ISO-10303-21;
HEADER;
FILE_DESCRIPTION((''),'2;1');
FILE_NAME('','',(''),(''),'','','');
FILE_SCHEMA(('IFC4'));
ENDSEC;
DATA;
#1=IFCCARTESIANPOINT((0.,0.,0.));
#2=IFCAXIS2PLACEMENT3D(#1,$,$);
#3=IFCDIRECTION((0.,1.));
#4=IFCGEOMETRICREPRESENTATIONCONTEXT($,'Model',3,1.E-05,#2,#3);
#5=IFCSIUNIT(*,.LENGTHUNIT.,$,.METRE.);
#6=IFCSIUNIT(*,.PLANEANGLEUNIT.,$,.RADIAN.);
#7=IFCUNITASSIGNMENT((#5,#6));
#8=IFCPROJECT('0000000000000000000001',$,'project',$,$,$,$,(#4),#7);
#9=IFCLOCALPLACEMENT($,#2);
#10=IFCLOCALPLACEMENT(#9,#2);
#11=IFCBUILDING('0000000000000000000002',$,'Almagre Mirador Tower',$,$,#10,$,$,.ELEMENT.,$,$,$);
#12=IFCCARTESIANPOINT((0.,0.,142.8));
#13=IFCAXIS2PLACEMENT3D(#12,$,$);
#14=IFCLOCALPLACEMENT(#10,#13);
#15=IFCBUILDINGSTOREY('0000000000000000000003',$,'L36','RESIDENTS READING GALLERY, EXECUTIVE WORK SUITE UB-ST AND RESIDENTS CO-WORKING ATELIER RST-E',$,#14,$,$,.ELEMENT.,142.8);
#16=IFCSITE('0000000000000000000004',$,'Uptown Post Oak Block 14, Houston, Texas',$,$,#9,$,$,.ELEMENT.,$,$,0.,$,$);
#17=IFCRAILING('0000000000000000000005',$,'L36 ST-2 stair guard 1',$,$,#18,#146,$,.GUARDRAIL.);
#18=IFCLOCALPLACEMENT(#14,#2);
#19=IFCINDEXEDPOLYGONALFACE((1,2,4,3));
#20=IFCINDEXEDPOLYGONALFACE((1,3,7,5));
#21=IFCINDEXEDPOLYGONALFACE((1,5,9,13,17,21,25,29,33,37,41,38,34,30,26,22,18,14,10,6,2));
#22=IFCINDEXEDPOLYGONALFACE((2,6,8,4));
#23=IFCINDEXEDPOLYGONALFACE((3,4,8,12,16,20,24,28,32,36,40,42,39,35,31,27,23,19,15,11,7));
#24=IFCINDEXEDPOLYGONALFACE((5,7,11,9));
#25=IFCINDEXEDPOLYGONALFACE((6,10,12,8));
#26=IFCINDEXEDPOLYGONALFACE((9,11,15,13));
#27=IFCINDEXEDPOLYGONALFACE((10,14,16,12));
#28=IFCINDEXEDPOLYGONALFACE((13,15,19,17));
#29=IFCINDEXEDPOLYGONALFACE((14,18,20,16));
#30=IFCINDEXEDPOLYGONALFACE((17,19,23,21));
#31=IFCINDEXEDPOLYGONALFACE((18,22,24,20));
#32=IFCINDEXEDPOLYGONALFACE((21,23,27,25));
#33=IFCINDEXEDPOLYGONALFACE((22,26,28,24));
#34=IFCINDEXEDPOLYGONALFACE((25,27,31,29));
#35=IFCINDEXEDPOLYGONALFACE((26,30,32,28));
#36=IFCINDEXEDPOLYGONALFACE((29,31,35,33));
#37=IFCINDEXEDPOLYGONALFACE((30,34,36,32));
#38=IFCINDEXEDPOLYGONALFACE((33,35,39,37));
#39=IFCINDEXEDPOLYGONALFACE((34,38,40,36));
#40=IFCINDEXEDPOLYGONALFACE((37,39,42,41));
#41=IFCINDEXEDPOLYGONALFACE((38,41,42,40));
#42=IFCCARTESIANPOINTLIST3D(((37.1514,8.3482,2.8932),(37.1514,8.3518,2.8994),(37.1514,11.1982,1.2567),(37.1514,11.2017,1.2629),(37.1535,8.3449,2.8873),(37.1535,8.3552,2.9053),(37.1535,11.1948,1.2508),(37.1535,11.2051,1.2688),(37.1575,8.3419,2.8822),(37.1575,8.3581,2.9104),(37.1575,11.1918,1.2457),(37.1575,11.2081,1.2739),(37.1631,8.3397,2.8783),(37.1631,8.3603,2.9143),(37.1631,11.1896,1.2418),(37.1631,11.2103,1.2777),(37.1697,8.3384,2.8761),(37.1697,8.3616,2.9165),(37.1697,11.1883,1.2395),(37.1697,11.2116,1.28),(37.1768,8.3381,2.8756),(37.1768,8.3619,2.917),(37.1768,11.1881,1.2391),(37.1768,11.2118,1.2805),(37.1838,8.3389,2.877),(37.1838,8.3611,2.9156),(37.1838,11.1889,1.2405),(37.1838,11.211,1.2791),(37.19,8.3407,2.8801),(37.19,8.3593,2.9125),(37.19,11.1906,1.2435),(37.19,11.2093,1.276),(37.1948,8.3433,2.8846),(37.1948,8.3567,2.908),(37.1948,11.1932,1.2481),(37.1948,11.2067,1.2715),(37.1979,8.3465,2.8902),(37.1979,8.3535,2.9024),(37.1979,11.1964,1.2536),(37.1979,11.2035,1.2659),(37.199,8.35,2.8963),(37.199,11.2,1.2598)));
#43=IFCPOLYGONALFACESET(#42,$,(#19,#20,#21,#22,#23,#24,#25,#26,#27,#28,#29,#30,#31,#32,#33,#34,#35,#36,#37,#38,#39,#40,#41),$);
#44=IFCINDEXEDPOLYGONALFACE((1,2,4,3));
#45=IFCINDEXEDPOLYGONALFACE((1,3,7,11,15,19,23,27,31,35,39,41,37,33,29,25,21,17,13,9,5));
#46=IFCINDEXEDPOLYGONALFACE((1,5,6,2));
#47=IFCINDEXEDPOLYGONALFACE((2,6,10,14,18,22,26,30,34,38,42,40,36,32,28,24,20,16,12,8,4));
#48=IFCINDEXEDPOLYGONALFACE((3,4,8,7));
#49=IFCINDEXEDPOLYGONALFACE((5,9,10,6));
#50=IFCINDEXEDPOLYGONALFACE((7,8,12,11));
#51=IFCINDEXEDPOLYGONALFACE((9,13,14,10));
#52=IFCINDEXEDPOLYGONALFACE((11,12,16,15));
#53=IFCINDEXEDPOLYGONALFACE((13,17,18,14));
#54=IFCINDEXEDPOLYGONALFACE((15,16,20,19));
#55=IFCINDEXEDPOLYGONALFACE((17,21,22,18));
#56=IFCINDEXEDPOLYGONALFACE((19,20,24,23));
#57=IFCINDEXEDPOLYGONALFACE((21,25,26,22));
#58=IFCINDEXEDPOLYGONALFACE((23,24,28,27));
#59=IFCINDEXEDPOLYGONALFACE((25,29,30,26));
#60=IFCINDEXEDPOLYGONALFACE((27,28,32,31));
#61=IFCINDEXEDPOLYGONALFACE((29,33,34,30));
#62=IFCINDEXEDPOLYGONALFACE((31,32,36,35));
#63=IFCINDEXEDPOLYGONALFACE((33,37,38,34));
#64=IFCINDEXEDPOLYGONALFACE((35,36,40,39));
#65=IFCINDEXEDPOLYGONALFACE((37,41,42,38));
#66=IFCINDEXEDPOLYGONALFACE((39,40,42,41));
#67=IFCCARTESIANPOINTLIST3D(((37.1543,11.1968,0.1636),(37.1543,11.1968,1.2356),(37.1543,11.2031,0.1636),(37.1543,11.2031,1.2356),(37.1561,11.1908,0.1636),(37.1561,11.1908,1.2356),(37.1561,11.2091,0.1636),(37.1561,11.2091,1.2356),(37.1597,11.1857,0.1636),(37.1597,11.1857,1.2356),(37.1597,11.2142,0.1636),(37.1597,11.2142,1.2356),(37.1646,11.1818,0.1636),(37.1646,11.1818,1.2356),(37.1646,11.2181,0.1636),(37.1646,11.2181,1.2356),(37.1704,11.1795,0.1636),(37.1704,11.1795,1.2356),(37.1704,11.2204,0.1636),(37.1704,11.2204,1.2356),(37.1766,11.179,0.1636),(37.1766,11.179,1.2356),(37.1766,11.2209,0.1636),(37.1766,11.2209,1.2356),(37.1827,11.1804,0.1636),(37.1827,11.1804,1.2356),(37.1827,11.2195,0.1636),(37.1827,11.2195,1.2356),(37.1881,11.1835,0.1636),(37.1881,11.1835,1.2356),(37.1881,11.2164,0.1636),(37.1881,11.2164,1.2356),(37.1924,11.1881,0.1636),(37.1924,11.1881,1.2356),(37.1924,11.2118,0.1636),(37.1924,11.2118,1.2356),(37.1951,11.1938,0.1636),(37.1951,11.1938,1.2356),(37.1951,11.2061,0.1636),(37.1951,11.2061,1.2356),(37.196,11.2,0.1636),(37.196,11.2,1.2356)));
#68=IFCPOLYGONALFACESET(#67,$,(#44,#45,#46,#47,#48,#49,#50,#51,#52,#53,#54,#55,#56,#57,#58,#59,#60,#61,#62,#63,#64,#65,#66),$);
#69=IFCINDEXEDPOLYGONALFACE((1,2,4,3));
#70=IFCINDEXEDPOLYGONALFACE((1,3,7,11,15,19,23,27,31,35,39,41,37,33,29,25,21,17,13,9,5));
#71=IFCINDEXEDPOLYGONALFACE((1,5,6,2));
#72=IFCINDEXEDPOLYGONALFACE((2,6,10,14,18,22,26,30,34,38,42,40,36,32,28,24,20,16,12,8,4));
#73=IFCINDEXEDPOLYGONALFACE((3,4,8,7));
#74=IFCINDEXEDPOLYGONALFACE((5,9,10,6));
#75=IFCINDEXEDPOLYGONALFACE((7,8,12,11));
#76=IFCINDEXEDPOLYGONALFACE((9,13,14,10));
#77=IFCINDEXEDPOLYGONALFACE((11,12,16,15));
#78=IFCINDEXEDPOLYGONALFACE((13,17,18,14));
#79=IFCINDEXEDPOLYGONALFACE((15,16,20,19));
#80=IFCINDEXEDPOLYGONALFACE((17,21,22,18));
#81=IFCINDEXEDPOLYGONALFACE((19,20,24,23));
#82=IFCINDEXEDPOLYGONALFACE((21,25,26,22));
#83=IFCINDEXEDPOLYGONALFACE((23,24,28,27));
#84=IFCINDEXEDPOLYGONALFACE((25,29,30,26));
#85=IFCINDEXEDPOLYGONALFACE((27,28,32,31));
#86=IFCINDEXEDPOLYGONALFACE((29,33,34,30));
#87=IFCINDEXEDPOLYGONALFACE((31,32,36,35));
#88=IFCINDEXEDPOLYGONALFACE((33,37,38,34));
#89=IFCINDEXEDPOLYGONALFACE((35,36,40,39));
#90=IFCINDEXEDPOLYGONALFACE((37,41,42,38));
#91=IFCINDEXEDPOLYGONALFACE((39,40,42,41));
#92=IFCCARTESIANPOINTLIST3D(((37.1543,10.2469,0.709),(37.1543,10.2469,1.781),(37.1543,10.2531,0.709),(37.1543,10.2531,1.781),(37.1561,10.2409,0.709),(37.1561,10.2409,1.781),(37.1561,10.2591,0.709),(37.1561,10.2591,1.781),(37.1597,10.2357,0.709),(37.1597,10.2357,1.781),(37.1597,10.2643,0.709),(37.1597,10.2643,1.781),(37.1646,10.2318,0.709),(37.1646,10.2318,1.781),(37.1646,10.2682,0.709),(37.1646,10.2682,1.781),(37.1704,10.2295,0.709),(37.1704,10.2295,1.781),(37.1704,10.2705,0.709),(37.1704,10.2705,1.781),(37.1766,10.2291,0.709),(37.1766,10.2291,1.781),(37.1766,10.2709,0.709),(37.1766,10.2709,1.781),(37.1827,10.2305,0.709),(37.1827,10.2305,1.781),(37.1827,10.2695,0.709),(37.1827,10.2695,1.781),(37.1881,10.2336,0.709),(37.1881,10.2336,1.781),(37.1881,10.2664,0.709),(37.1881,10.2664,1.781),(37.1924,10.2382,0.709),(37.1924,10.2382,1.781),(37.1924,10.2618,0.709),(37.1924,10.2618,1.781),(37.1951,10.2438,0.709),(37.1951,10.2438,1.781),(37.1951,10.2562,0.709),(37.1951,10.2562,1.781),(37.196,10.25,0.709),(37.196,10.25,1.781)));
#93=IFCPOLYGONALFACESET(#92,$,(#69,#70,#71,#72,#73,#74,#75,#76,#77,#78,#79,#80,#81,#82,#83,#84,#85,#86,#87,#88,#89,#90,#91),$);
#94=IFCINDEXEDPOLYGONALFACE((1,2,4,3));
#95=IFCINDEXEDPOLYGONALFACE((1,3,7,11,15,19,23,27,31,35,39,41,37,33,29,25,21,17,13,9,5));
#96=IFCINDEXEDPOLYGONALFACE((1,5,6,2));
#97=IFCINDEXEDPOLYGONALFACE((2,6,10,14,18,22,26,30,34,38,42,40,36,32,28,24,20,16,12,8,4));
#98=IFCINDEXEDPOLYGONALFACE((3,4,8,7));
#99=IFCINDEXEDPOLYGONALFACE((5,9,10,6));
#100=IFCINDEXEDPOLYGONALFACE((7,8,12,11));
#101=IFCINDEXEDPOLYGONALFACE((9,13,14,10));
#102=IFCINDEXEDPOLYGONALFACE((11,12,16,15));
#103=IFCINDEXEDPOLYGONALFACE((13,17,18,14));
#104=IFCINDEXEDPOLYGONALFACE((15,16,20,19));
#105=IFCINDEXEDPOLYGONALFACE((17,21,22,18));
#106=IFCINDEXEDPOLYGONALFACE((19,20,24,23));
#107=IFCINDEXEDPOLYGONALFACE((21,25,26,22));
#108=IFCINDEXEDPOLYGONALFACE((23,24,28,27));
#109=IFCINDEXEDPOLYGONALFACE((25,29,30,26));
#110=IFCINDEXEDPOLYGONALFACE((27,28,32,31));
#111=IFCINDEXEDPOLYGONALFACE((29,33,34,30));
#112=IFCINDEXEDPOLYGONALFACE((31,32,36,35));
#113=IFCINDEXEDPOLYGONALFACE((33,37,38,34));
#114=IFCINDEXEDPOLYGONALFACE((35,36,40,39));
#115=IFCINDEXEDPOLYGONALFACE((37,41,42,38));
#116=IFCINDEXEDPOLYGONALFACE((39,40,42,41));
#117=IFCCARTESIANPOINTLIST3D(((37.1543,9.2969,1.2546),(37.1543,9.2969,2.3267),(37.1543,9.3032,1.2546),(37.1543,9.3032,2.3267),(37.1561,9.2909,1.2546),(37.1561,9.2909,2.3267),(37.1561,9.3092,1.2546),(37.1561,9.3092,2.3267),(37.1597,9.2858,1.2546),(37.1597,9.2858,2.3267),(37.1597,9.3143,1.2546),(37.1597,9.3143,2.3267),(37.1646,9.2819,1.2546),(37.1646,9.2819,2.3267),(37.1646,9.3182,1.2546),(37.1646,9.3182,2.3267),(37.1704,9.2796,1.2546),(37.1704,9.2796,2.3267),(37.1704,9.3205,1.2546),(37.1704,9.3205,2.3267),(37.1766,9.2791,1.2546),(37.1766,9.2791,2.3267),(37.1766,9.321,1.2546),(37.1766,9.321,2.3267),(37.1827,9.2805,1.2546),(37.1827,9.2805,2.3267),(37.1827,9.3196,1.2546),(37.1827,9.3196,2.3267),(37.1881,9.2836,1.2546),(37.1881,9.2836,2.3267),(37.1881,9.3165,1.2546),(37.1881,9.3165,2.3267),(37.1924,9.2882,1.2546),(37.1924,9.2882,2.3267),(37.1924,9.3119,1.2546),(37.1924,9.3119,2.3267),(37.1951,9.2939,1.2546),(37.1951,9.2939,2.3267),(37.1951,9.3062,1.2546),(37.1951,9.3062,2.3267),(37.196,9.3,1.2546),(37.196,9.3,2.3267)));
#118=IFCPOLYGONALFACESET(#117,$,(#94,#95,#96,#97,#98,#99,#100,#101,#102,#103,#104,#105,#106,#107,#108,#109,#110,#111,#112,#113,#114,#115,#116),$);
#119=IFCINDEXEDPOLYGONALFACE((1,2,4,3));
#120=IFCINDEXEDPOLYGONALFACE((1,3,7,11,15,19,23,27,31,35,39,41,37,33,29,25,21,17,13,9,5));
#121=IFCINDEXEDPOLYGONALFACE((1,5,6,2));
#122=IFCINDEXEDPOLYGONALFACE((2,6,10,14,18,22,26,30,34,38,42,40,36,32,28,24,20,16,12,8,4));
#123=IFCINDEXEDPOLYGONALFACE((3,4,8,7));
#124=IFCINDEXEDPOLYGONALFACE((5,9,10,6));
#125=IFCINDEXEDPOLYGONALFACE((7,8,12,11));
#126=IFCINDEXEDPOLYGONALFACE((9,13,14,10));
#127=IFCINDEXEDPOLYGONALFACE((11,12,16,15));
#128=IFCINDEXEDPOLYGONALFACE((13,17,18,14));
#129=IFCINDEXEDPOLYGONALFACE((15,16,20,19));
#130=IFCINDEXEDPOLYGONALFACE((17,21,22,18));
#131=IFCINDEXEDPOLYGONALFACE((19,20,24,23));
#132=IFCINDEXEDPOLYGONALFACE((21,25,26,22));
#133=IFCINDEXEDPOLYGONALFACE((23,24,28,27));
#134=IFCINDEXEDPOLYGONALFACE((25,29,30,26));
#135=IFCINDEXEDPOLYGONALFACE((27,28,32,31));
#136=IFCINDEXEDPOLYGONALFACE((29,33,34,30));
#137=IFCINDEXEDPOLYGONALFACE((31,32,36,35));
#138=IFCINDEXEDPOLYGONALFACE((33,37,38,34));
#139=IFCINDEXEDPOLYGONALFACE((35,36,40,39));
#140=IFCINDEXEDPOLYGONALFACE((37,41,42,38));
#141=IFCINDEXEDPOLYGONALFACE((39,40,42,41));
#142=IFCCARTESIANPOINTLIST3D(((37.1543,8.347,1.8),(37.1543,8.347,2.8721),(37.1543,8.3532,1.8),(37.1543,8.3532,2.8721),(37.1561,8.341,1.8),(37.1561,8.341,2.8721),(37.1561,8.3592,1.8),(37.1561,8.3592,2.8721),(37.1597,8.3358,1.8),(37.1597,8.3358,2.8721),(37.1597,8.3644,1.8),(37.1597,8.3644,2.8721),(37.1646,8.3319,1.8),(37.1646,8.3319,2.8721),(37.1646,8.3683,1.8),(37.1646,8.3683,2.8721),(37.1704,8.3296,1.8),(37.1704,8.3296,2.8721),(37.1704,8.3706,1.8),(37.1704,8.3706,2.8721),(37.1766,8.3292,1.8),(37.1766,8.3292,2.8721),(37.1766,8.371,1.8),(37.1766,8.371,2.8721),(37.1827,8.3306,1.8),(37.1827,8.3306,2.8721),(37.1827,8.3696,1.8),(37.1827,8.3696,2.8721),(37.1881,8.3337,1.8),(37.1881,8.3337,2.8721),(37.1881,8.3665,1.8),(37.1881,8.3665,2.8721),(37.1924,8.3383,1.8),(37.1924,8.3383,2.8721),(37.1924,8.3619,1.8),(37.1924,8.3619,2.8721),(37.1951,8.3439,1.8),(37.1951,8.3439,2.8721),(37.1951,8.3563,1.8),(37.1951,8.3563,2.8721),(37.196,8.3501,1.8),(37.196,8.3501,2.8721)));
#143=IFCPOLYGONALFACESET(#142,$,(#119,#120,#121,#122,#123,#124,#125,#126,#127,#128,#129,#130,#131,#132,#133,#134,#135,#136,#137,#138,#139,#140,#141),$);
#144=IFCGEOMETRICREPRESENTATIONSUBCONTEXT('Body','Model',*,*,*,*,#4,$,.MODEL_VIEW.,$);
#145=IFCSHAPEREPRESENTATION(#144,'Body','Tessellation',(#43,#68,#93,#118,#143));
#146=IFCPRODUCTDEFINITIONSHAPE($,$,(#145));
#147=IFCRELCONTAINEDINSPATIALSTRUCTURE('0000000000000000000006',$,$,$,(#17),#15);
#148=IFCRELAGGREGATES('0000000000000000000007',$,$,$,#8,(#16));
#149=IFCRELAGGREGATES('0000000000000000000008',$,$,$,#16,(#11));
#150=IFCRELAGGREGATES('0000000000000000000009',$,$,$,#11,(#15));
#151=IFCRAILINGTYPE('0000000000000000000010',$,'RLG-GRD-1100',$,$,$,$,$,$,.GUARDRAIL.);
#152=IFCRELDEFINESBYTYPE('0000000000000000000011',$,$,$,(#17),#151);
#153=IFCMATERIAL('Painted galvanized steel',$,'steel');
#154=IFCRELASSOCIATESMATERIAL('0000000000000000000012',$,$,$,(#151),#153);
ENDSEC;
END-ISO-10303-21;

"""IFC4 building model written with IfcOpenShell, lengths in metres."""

from ifc_helpers import new_model, si_unit, direction, frame, origin, origin_2d, place, context, subcontext, project, spatial, circle, extrude, material, type_object, element, save


model = new_model("IFC4")

# Units and contexts
model_context = context("Model", 3, precision=1e-05, world=origin(), true_north=direction((0.0, 1.0)))
body_context = subcontext(model_context, "Body", "Model", "MODEL_VIEW")
ifc_project = project(units=[si_unit("LENGTHUNIT", "METRE"), si_unit("PLANEANGLEUNIT", "RADIAN")], contexts=[model_context])

# Site, building, storey
site_placement = place(None, origin())
site = spatial("IfcSite", under=ifc_project, at=site_placement, Name="Uptown Post Oak Block 14, Houston, Texas", CompositionType="ELEMENT", RefElevation=0.0)
building_placement = place(site_placement, origin())
building = spatial("IfcBuilding", under=site, at=building_placement, Name="Almagre Mirador Tower", CompositionType="ELEMENT")
storey_placement = place(building_placement, frame((0.0, 0.0, 142.8)))
storey = spatial("IfcBuildingStorey", under=building, at=storey_placement, Name="L36", Description="RESIDENTS READING GALLERY, EXECUTIVE WORK SUITE UB-ST AND RESIDENTS CO-WORKING ATELIER RST-E", CompositionType="ELEMENT", Elevation=142.8)

# Railing
ifc_material_1 = material(Name="Painted galvanized steel", Category="steel")
railing_type_1 = type_object("IfcRailingType", Name="RLG-GRD-1100", PredefinedType="GUARDRAIL", material=ifc_material_1)
railing_1_placement = place(storey_placement, frame((37.175, 11.2, 0.1636)))
element("IfcRailing", 1, at=railing_1_placement, inside=storey, type_object=railing_type_1, Name="L36 ST-2 stair guard 1", PredefinedType="GUARDRAIL", context=body_context, shape_type="SweptSolid", body=[
    extrude(circle(Radius=0.0239, at=origin_2d()), frame((0.0, 0.0, 1.0962), z_axis=(0.0, -0.867194, 0.49797), x_axis=(1.0, 0.0, 0.0)), (0.0, 0.0, 1.0), 3.2864),
    extrude(circle(Radius=0.021, at=origin_2d()), origin(), (0.0, 0.0, 1.0), 1.072),
    extrude(circle(Radius=0.021, at=origin_2d()), frame((0.0, -0.95, 0.5454)), (0.0, 0.0, 1.0), 1.072),
    extrude(circle(Radius=0.021, at=origin_2d()), frame((0.0, -1.8999, 1.0911)), (0.0, 0.0, 1.0), 1.072),
    extrude(circle(Radius=0.021, at=origin_2d()), frame((0.0, -2.8499, 1.6365)), (0.0, 0.0, 1.0), 1.072),
])

save(model, "model.ifc")
